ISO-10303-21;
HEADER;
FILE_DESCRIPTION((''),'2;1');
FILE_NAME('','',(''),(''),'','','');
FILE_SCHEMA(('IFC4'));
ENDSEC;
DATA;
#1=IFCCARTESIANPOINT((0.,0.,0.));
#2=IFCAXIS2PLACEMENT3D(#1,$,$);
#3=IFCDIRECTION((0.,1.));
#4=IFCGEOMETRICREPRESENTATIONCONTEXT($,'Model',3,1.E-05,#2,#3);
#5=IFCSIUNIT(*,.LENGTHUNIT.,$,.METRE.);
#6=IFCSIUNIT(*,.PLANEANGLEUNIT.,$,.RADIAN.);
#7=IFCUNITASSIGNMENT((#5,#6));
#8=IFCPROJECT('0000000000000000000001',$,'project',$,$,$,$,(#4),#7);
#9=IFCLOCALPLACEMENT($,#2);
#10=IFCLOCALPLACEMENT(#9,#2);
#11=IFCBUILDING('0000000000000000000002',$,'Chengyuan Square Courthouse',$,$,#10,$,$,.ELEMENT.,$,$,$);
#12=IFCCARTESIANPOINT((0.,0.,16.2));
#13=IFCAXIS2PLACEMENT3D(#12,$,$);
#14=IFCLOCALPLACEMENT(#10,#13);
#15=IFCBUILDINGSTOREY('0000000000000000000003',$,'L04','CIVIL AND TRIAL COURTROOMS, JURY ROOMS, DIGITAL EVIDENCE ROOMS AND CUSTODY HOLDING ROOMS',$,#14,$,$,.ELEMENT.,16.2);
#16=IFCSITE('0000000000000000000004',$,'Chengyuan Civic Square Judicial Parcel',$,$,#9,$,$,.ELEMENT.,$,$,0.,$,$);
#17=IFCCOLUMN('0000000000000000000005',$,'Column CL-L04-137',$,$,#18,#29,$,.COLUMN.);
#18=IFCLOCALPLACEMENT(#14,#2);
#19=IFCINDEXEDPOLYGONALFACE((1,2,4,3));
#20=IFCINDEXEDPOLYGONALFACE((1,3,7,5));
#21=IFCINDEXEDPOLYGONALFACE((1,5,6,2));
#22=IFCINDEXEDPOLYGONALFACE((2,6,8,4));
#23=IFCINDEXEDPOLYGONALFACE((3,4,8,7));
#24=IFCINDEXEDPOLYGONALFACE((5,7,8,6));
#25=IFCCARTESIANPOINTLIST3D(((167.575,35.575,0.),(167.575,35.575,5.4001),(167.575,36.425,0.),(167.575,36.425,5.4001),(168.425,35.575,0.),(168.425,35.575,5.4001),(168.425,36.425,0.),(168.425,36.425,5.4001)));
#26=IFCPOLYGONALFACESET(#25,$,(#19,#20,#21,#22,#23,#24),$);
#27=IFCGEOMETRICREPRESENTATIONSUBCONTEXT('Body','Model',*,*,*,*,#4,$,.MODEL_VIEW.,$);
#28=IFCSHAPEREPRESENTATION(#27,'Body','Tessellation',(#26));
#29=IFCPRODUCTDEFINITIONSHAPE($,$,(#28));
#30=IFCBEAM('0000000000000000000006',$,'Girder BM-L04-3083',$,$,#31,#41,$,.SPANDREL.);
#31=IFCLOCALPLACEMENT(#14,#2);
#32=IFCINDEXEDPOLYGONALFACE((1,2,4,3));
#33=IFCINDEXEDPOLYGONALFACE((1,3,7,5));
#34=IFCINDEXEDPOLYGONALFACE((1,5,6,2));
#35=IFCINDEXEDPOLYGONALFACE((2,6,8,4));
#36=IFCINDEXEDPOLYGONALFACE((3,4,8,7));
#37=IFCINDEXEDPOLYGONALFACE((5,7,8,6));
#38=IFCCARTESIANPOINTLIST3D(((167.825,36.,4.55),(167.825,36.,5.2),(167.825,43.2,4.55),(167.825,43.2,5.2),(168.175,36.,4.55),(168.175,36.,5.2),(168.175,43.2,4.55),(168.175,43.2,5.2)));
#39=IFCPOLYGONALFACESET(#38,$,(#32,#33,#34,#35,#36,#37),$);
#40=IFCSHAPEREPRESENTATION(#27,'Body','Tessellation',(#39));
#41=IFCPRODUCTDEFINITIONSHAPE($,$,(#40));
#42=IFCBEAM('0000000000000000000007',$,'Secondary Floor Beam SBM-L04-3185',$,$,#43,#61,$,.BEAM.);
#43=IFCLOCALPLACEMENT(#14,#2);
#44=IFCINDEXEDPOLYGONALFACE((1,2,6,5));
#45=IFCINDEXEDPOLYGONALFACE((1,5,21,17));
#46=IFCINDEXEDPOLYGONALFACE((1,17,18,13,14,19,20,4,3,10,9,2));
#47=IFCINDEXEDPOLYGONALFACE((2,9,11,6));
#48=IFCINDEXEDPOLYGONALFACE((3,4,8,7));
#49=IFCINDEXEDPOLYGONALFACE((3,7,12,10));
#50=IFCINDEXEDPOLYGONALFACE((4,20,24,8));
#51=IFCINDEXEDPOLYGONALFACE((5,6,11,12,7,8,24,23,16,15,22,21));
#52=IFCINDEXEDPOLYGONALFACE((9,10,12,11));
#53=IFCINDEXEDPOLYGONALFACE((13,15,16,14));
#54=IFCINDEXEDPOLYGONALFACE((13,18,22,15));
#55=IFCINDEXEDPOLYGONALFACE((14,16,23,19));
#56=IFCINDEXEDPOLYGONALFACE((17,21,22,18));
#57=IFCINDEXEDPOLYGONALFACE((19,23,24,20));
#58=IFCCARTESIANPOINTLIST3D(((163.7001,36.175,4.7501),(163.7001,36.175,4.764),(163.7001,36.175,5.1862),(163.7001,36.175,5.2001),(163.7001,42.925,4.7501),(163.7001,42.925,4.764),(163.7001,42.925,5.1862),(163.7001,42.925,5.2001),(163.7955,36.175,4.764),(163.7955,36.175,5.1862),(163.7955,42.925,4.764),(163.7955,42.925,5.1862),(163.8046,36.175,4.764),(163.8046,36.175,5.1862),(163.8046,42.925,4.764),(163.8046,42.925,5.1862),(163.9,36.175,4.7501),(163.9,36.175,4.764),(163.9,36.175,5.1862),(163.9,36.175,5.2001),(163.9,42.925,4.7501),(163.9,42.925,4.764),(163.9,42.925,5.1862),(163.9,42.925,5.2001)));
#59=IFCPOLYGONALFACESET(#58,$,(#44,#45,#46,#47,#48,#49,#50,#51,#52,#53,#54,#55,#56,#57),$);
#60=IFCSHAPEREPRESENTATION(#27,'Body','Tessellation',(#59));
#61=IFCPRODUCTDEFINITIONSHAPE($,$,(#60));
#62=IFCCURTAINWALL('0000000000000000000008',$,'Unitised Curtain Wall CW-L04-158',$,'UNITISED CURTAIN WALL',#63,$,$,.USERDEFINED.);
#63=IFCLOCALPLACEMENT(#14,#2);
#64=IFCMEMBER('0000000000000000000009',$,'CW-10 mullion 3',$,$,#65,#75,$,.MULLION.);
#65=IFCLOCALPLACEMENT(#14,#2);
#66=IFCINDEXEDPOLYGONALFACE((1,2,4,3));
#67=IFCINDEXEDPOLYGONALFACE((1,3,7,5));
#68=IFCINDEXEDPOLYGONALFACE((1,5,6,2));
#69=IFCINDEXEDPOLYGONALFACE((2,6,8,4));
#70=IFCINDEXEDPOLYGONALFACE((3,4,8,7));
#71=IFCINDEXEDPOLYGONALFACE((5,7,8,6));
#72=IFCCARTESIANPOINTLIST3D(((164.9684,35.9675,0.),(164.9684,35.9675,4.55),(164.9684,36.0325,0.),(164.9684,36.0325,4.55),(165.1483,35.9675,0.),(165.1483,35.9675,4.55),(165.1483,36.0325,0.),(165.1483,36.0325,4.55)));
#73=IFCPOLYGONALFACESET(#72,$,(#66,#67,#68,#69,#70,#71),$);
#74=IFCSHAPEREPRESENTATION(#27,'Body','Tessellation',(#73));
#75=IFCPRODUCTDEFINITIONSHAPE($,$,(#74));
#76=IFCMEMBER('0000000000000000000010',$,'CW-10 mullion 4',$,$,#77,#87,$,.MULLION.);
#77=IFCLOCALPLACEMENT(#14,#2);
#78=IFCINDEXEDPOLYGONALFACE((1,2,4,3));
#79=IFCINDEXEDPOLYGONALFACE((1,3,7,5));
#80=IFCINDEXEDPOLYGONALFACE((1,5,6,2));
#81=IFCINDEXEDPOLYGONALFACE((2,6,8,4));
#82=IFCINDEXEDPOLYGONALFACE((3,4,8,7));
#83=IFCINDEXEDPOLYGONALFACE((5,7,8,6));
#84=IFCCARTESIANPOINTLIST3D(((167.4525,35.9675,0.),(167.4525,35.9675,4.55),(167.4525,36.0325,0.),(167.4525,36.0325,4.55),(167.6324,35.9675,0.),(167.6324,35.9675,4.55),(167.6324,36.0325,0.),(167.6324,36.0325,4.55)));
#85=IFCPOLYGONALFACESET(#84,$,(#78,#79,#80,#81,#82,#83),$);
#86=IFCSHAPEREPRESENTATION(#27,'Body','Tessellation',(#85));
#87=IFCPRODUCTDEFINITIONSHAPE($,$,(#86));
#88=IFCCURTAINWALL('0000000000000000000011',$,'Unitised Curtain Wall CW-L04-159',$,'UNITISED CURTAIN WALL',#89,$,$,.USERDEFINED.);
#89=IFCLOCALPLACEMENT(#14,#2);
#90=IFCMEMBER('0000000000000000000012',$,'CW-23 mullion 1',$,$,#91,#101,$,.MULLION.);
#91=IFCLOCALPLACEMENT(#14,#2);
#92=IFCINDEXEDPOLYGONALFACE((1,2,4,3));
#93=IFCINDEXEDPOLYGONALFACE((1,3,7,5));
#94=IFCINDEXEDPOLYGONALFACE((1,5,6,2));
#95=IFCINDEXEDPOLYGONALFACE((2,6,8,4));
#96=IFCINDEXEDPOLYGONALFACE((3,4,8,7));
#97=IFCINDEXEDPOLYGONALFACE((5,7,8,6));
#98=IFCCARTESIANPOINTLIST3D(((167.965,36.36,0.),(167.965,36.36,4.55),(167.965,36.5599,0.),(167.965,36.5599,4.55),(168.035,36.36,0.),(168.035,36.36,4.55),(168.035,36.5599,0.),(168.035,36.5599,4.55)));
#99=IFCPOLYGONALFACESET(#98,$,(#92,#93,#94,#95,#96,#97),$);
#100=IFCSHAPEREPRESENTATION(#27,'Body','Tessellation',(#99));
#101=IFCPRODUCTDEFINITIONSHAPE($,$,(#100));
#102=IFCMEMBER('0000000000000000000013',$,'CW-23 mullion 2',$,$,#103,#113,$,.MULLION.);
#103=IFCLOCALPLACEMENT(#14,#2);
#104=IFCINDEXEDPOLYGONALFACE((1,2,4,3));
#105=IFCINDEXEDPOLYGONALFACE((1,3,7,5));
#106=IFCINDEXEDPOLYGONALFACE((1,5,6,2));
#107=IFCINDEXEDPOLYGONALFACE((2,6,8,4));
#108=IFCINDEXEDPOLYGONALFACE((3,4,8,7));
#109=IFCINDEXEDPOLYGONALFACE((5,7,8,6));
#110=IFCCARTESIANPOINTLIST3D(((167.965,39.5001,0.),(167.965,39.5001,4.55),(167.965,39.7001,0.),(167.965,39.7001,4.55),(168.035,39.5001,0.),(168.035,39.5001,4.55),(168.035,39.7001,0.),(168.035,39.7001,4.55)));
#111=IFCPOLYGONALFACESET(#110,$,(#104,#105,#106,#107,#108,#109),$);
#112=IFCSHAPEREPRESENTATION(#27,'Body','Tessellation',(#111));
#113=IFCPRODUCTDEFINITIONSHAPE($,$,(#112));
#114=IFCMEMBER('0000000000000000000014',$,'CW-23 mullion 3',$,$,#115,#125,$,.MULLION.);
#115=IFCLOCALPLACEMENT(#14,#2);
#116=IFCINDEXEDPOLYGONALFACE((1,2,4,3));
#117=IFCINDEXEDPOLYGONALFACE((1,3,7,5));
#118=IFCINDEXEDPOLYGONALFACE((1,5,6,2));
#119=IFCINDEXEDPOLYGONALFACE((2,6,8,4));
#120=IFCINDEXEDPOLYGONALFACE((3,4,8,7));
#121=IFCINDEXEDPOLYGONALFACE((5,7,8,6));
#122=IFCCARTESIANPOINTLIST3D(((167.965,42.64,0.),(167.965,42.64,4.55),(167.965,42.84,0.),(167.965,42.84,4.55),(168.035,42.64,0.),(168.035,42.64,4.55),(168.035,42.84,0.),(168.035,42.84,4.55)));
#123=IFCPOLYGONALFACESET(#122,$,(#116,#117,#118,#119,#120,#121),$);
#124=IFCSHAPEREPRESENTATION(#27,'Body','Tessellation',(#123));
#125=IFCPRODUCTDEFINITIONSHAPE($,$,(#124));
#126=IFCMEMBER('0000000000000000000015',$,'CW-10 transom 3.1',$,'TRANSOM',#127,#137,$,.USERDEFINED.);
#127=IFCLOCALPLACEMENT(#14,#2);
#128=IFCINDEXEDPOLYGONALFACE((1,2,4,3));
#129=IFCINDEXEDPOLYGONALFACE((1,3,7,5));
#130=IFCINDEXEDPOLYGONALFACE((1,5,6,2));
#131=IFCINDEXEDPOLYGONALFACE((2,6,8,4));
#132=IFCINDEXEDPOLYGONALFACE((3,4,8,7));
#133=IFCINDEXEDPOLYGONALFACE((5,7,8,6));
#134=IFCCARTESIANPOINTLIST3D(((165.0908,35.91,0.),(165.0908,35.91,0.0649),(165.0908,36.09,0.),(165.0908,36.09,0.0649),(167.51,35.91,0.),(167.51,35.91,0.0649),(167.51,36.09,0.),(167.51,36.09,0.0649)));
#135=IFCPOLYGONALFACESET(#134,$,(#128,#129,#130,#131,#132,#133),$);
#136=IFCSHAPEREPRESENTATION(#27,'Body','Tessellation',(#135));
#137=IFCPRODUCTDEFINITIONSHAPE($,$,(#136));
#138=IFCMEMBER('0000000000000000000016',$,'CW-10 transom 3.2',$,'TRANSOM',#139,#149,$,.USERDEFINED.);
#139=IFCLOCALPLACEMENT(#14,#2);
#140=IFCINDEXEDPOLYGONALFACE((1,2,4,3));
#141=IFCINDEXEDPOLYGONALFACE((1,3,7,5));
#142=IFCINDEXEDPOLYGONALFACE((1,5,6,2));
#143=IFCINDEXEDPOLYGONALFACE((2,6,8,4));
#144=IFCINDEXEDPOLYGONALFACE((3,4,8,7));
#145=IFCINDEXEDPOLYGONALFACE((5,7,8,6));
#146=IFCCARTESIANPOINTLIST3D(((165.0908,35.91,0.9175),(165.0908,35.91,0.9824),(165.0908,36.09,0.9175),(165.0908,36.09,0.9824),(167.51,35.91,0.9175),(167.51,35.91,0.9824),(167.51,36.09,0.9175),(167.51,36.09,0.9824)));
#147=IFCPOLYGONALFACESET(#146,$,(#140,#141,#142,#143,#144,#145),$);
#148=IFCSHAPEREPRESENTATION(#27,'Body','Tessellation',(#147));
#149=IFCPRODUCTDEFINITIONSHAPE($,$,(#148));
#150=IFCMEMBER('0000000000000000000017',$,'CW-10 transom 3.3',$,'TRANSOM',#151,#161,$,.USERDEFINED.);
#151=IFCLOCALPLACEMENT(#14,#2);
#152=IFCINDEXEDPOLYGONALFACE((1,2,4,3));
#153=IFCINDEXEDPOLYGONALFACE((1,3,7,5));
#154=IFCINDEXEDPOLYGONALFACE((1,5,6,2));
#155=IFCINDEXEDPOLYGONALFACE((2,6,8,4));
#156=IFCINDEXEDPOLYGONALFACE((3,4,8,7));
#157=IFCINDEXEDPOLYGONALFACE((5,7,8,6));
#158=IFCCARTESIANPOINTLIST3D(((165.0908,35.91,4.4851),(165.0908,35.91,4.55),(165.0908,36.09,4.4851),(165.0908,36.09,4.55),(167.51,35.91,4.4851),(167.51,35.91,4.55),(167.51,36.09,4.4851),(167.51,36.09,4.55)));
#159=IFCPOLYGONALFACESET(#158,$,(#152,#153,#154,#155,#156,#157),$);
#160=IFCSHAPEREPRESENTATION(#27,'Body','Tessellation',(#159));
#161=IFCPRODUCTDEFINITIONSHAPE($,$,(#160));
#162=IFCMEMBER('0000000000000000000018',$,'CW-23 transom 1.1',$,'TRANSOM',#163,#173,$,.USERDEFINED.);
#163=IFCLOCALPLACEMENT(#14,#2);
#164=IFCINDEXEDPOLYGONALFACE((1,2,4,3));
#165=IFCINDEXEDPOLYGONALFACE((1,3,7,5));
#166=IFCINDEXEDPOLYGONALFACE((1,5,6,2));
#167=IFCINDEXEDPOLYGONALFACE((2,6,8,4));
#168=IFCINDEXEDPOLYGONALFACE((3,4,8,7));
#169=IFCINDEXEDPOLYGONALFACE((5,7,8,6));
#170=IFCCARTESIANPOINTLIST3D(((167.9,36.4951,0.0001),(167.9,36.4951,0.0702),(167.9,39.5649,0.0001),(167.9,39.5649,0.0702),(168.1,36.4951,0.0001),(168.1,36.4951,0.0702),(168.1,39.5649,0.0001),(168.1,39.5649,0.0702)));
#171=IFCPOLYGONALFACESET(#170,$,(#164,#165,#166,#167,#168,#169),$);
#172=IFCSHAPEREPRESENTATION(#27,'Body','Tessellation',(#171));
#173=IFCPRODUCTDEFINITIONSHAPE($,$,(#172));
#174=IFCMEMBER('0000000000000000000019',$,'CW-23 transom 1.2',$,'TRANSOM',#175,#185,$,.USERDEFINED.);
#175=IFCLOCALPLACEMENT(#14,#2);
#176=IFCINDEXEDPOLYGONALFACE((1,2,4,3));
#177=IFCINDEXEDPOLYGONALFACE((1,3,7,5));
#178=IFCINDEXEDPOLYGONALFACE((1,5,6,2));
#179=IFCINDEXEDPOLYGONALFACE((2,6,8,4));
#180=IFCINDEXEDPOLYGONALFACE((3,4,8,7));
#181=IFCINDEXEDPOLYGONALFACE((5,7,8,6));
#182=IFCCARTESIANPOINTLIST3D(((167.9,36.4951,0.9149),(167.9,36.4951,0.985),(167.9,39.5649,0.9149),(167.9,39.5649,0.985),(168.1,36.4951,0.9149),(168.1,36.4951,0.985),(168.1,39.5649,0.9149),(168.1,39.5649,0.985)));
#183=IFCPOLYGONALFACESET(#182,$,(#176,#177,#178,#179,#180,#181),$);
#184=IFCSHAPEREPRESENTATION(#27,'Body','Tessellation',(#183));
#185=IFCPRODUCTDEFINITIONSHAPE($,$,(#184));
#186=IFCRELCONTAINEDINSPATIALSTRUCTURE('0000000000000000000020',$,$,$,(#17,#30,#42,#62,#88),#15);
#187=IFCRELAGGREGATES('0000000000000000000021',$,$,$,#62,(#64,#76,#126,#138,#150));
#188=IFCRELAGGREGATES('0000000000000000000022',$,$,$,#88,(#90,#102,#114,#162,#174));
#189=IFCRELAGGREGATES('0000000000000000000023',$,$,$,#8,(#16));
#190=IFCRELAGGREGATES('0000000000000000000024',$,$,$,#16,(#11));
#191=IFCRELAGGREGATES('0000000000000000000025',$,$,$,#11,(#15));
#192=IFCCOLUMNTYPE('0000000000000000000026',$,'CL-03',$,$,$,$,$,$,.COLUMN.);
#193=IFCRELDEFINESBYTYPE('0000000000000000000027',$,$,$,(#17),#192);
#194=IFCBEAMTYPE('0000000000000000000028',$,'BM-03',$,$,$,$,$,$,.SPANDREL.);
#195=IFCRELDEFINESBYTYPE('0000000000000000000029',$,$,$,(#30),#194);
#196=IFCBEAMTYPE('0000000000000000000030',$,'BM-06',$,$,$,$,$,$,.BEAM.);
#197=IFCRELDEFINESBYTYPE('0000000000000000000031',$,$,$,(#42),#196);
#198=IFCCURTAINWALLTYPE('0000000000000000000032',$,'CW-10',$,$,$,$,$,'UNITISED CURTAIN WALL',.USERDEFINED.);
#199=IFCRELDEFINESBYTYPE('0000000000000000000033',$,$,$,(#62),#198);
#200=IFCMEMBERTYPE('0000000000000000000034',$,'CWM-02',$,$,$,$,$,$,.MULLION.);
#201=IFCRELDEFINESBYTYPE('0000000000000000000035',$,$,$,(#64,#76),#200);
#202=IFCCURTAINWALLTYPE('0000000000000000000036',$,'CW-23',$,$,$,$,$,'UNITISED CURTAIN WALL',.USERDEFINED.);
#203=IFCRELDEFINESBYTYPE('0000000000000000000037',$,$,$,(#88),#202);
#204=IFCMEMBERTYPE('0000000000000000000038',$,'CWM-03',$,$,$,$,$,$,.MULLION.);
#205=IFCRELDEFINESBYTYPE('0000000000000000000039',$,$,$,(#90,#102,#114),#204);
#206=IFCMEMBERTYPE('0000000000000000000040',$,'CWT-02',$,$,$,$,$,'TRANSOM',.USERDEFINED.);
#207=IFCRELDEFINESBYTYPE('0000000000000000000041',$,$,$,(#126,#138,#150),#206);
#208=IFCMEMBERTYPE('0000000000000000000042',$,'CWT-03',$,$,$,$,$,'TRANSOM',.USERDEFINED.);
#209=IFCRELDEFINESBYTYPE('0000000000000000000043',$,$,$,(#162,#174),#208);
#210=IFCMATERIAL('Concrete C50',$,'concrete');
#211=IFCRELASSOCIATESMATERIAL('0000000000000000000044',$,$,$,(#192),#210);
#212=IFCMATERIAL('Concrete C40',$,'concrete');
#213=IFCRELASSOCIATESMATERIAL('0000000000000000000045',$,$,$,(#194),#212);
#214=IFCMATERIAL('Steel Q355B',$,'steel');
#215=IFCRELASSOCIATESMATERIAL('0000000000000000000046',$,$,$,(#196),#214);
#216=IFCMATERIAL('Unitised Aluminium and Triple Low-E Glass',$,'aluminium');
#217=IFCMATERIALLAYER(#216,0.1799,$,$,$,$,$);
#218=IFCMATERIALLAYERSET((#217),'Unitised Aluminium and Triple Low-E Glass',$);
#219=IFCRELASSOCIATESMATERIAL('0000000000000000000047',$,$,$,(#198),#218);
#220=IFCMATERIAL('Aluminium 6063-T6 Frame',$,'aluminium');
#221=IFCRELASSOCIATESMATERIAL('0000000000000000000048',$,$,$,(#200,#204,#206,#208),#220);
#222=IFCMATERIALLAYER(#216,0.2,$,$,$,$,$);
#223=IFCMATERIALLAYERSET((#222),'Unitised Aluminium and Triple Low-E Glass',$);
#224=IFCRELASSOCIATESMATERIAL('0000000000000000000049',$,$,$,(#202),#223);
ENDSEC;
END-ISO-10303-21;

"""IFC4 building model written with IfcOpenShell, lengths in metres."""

from ifc_helpers import new_model, si_unit, direction, frame, origin, origin_2d, place, context, subcontext, project, spatial, rectangle, i_section, extrude, material, layer, layer_set, material_profile, profile_set, type_object, element, aggregate, save


model = new_model("IFC4")

# Units and contexts
model_context = context("Model", 3, precision=1e-05, world=origin(), true_north=direction((0.0, 1.0)))
body_context = subcontext(model_context, "Body", "Model", "MODEL_VIEW")
ifc_project = project(units=[si_unit("LENGTHUNIT", "METRE"), si_unit("PLANEANGLEUNIT", "RADIAN")], contexts=[model_context])

# Site, building, storey
site_placement = place(None, origin())
site = spatial("IfcSite", under=ifc_project, at=site_placement, Name="Chengyuan Civic Square Judicial Parcel", CompositionType="ELEMENT", RefElevation=0.0)
building_placement = place(site_placement, origin())
building = spatial("IfcBuilding", under=site, at=building_placement, Name="Chengyuan Square Courthouse", CompositionType="ELEMENT")
storey_placement = place(building_placement, frame((0.0, 0.0, 16.2)))
storey = spatial("IfcBuildingStorey", under=building, at=storey_placement, Name="L04", Description="CIVIL AND TRIAL COURTROOMS, JURY ROOMS, DIGITAL EVIDENCE ROOMS AND CUSTODY HOLDING ROOMS", CompositionType="ELEMENT", Elevation=16.2)

# Column
ifc_material_1 = material(Name="Concrete C50", Category="concrete")
ifc_material_profile_1 = material_profile(ifc_material_1, rectangle(XDim=0.8501, YDim=0.8501, at=origin_2d()), Name="RC-COL-850x850")
ifc_profile_set_1 = profile_set([ifc_material_profile_1], Name="Concrete C50")
column_type = type_object("IfcColumnType", Name="CL-03", PredefinedType="COLUMN", material=ifc_profile_set_1)
column_placement = place(storey_placement, frame((168.0, 36.0, 0.0), z_axis=(0.0, 0.0, 1.0), x_axis=(1.0, 0.0, 0.0)))
element("IfcColumn", 1, at=column_placement, inside=storey, type_object=column_type, Name="Column CL-L04-137", PredefinedType="COLUMN", context=body_context, shape_type="SweptSolid", body=[
    extrude(rectangle(XDim=0.8501, YDim=0.8501, at=origin_2d()), origin(), (0.0, 0.0, 1.0), 5.4001),
])

# Beams
ifc_material_2 = material(Name="Concrete C40", Category="concrete")
ifc_material_profile_2 = material_profile(ifc_material_2, rectangle(XDim=0.3501, YDim=0.6499, at=origin_2d()), Name="RC-BM-350x650")
ifc_profile_set_2 = profile_set([ifc_material_profile_2], Name="Concrete C40")
beam_type_1 = type_object("IfcBeamType", Name="BM-03", PredefinedType="SPANDREL", material=ifc_profile_set_2)
beam_1_placement = place(storey_placement, frame((168.0, 36.0, 4.875), z_axis=(0.0, 1.0, 0.0), x_axis=(-1.0, 0.0, 0.0)))
element("IfcBeam", 2, at=beam_1_placement, inside=storey, type_object=beam_type_1, Name="Girder BM-L04-3083", PredefinedType="SPANDREL", context=body_context, shape_type="SweptSolid", body=[
    extrude(rectangle(XDim=0.3501, YDim=0.6499, at=origin_2d()), origin(), (0.0, 0.0, 1.0), 7.2),
])
ifc_material_3 = material(Name="Steel Q355B", Category="steel")
ifc_material_profile_3 = material_profile(ifc_material_3, i_section(OverallWidth=0.2, OverallDepth=0.45, WebThickness=0.009, FlangeThickness=0.0139, at=origin_2d()), Name="HN 450x200x9x14")
ifc_profile_set_3 = profile_set([ifc_material_profile_3], Name="Steel Q355B")
beam_type_2 = type_object("IfcBeamType", Name="BM-06", PredefinedType="BEAM", material=ifc_profile_set_3)
beam_2_placement = place(storey_placement, frame((163.8, 36.175, 4.9751), z_axis=(0.0, 1.0, 0.0), x_axis=(-1.0, 0.0, 0.0)))
element("IfcBeam", 3, at=beam_2_placement, inside=storey, type_object=beam_type_2, Name="Secondary Floor Beam SBM-L04-3185", PredefinedType="BEAM", context=body_context, shape_type="SweptSolid", body=[
    extrude(i_section(OverallWidth=0.2, OverallDepth=0.45, WebThickness=0.009, FlangeThickness=0.0139, at=origin_2d()), origin(), (0.0, 0.0, 1.0), 6.75),
])

# Curtain walls, members
ifc_material_4 = material(Name="Unitised Aluminium and Triple Low-E Glass", Category="aluminium")
ifc_layer_1 = layer(ifc_material_4, 0.1799)
ifc_layer_set_1 = layer_set([ifc_layer_1], Name="Unitised Aluminium and Triple Low-E Glass")
curtain_wall_type_1 = type_object("IfcCurtainWallType", Name="CW-10", ElementType="UNITISED CURTAIN WALL", PredefinedType="USERDEFINED", material=ifc_layer_set_1)
curtain_wall_1_placement = place(storey_placement, origin())
curtain_wall_1 = element("IfcCurtainWall", 4, at=curtain_wall_1_placement, inside=storey, type_object=curtain_wall_type_1, Name="Unitised Curtain Wall CW-L04-158", ObjectType="UNITISED CURTAIN WALL", PredefinedType="USERDEFINED")
ifc_material_5 = material(Name="Aluminium 6063-T6 Frame", Category="aluminium")
ifc_material_profile_4 = material_profile(ifc_material_5, rectangle(XDim=0.0649, YDim=0.1799, at=origin_2d()), Name="CW-MUL-65x180")
ifc_profile_set_4 = profile_set([ifc_material_profile_4], Name="Aluminium 6063-T6 Frame")
member_type_1 = type_object("IfcMemberType", Name="CWM-02", PredefinedType="MULLION", material=ifc_profile_set_4)
member_1_placement = place(storey_placement, frame((165.0583, 36.0, 0.0), z_axis=(0.0, 0.0, 1.0), x_axis=(0.0, 1.0, 0.0)))
member_1 = element("IfcMember", 5, at=member_1_placement, type_object=member_type_1, Name="CW-10 mullion 3", PredefinedType="MULLION", context=body_context, shape_type="SweptSolid", body=[
    extrude(rectangle(XDim=0.0649, YDim=0.1799, at=origin_2d()), origin(), (0.0, 0.0, 1.0), 4.55),
])
member_2_placement = place(storey_placement, frame((167.5425, 36.0, 0.0), z_axis=(0.0, 0.0, 1.0), x_axis=(0.0, 1.0, 0.0)))
member_2 = element("IfcMember", 6, at=member_2_placement, type_object=member_type_1, Name="CW-10 mullion 4", PredefinedType="MULLION", context=body_context, shape_type="SweptSolid", body=[
    extrude(rectangle(XDim=0.0649, YDim=0.1799, at=origin_2d()), origin(), (0.0, 0.0, 1.0), 4.55),
])
ifc_layer_2 = layer(ifc_material_4, 0.2)
ifc_layer_set_2 = layer_set([ifc_layer_2], Name="Unitised Aluminium and Triple Low-E Glass")
curtain_wall_type_2 = type_object("IfcCurtainWallType", Name="CW-23", ElementType="UNITISED CURTAIN WALL", PredefinedType="USERDEFINED", material=ifc_layer_set_2)
curtain_wall_2_placement = place(storey_placement, origin())
curtain_wall_2 = element("IfcCurtainWall", 7, at=curtain_wall_2_placement, inside=storey, type_object=curtain_wall_type_2, Name="Unitised Curtain Wall CW-L04-159", ObjectType="UNITISED CURTAIN WALL", PredefinedType="USERDEFINED")
ifc_material_profile_5 = material_profile(ifc_material_5, rectangle(XDim=0.0701, YDim=0.2, at=origin_2d()), Name="CW-MUL-70x200")
ifc_profile_set_5 = profile_set([ifc_material_profile_5], Name="Aluminium 6063-T6 Frame")
member_type_2 = type_object("IfcMemberType", Name="CWM-03", PredefinedType="MULLION", material=ifc_profile_set_5)
member_3_placement = place(storey_placement, frame((168.0, 36.46, 0.0), z_axis=(0.0, 0.0, 1.0), x_axis=(-1.0, 0.0, 0.0)))
member_3 = element("IfcMember", 8, at=member_3_placement, type_object=member_type_2, Name="CW-23 mullion 1", PredefinedType="MULLION", context=body_context, shape_type="SweptSolid", body=[
    extrude(rectangle(XDim=0.0701, YDim=0.2, at=origin_2d()), origin(), (0.0, 0.0, 1.0), 4.55),
])
member_4_placement = place(storey_placement, frame((168.0, 39.6001, 0.0), z_axis=(0.0, 0.0, 1.0), x_axis=(-1.0, 0.0, 0.0)))
member_4 = element("IfcMember", 9, at=member_4_placement, type_object=member_type_2, Name="CW-23 mullion 2", PredefinedType="MULLION", context=body_context, shape_type="SweptSolid", body=[
    extrude(rectangle(XDim=0.0701, YDim=0.2, at=origin_2d()), origin(), (0.0, 0.0, 1.0), 4.55),
])
member_5_placement = place(storey_placement, frame((168.0, 42.74, 0.0), z_axis=(0.0, 0.0, 1.0), x_axis=(-1.0, 0.0, 0.0)))
member_5 = element("IfcMember", 10, at=member_5_placement, type_object=member_type_2, Name="CW-23 mullion 3", PredefinedType="MULLION", context=body_context, shape_type="SweptSolid", body=[
    extrude(rectangle(XDim=0.0701, YDim=0.2, at=origin_2d()), origin(), (0.0, 0.0, 1.0), 4.55),
])

# Members
ifc_material_profile_6 = material_profile(ifc_material_5, rectangle(XDim=0.1799, YDim=0.0649, at=origin_2d()), Name="CW-TRN-65x140")
ifc_profile_set_6 = profile_set([ifc_material_profile_6], Name="Aluminium 6063-T6 Frame")
member_type_3 = type_object("IfcMemberType", Name="CWT-02", ElementType="TRANSOM", PredefinedType="USERDEFINED", material=ifc_profile_set_6)
member_6_placement = place(storey_placement, frame((165.0908, 36.0, 0.0325), z_axis=(1.0, 0.0, 0.0), x_axis=(0.0, 1.0, 0.0)))
member_6 = element("IfcMember", 11, at=member_6_placement, type_object=member_type_3, Name="CW-10 transom 3.1", ObjectType="TRANSOM", PredefinedType="USERDEFINED", context=body_context, shape_type="SweptSolid", body=[
    extrude(rectangle(XDim=0.1799, YDim=0.0649, at=origin_2d()), origin(), (0.0, 0.0, 1.0), 2.4192),
])
member_7_placement = place(storey_placement, frame((165.0908, 36.0, 0.95), z_axis=(1.0, 0.0, 0.0), x_axis=(0.0, 1.0, 0.0)))
member_7 = element("IfcMember", 12, at=member_7_placement, type_object=member_type_3, Name="CW-10 transom 3.2", ObjectType="TRANSOM", PredefinedType="USERDEFINED", context=body_context, shape_type="SweptSolid", body=[
    extrude(rectangle(XDim=0.1799, YDim=0.0649, at=origin_2d()), origin(), (0.0, 0.0, 1.0), 2.4192),
])
member_8_placement = place(storey_placement, frame((165.0908, 36.0, 4.5176), z_axis=(1.0, 0.0, 0.0), x_axis=(0.0, 1.0, 0.0)))
member_8 = element("IfcMember", 13, at=member_8_placement, type_object=member_type_3, Name="CW-10 transom 3.3", ObjectType="TRANSOM", PredefinedType="USERDEFINED", context=body_context, shape_type="SweptSolid", body=[
    extrude(rectangle(XDim=0.1799, YDim=0.0649, at=origin_2d()), origin(), (0.0, 0.0, 1.0), 2.4192),
])
ifc_material_profile_7 = material_profile(ifc_material_5, rectangle(XDim=0.2, YDim=0.0701, at=origin_2d()), Name="CW-TRN-70x160")
ifc_profile_set_7 = profile_set([ifc_material_profile_7], Name="Aluminium 6063-T6 Frame")
member_type_4 = type_object("IfcMemberType", Name="CWT-03", ElementType="TRANSOM", PredefinedType="USERDEFINED", material=ifc_profile_set_7)
member_9_placement = place(storey_placement, frame((168.0, 36.4951, 0.0352), z_axis=(0.0, 1.0, 0.0), x_axis=(-1.0, 0.0, 0.0)))
member_9 = element("IfcMember", 14, at=member_9_placement, type_object=member_type_4, Name="CW-23 transom 1.1", ObjectType="TRANSOM", PredefinedType="USERDEFINED", context=body_context, shape_type="SweptSolid", body=[
    extrude(rectangle(XDim=0.2, YDim=0.0701, at=origin_2d()), origin(), (0.0, 0.0, 1.0), 3.0698),
])
member_10_placement = place(storey_placement, frame((168.0, 36.4951, 0.95), z_axis=(0.0, 1.0, 0.0), x_axis=(-1.0, 0.0, 0.0)))
member_10 = element("IfcMember", 15, at=member_10_placement, type_object=member_type_4, Name="CW-23 transom 1.2", ObjectType="TRANSOM", PredefinedType="USERDEFINED", context=body_context, shape_type="SweptSolid", body=[
    extrude(rectangle(XDim=0.2, YDim=0.0701, at=origin_2d()), origin(), (0.0, 0.0, 1.0), 3.0698),
])

aggregate(curtain_wall_1, [member_1, member_2, member_6, member_7, member_8])
aggregate(curtain_wall_2, [member_3, member_4, member_5, member_9, member_10])

save(model, "model.ifc")
